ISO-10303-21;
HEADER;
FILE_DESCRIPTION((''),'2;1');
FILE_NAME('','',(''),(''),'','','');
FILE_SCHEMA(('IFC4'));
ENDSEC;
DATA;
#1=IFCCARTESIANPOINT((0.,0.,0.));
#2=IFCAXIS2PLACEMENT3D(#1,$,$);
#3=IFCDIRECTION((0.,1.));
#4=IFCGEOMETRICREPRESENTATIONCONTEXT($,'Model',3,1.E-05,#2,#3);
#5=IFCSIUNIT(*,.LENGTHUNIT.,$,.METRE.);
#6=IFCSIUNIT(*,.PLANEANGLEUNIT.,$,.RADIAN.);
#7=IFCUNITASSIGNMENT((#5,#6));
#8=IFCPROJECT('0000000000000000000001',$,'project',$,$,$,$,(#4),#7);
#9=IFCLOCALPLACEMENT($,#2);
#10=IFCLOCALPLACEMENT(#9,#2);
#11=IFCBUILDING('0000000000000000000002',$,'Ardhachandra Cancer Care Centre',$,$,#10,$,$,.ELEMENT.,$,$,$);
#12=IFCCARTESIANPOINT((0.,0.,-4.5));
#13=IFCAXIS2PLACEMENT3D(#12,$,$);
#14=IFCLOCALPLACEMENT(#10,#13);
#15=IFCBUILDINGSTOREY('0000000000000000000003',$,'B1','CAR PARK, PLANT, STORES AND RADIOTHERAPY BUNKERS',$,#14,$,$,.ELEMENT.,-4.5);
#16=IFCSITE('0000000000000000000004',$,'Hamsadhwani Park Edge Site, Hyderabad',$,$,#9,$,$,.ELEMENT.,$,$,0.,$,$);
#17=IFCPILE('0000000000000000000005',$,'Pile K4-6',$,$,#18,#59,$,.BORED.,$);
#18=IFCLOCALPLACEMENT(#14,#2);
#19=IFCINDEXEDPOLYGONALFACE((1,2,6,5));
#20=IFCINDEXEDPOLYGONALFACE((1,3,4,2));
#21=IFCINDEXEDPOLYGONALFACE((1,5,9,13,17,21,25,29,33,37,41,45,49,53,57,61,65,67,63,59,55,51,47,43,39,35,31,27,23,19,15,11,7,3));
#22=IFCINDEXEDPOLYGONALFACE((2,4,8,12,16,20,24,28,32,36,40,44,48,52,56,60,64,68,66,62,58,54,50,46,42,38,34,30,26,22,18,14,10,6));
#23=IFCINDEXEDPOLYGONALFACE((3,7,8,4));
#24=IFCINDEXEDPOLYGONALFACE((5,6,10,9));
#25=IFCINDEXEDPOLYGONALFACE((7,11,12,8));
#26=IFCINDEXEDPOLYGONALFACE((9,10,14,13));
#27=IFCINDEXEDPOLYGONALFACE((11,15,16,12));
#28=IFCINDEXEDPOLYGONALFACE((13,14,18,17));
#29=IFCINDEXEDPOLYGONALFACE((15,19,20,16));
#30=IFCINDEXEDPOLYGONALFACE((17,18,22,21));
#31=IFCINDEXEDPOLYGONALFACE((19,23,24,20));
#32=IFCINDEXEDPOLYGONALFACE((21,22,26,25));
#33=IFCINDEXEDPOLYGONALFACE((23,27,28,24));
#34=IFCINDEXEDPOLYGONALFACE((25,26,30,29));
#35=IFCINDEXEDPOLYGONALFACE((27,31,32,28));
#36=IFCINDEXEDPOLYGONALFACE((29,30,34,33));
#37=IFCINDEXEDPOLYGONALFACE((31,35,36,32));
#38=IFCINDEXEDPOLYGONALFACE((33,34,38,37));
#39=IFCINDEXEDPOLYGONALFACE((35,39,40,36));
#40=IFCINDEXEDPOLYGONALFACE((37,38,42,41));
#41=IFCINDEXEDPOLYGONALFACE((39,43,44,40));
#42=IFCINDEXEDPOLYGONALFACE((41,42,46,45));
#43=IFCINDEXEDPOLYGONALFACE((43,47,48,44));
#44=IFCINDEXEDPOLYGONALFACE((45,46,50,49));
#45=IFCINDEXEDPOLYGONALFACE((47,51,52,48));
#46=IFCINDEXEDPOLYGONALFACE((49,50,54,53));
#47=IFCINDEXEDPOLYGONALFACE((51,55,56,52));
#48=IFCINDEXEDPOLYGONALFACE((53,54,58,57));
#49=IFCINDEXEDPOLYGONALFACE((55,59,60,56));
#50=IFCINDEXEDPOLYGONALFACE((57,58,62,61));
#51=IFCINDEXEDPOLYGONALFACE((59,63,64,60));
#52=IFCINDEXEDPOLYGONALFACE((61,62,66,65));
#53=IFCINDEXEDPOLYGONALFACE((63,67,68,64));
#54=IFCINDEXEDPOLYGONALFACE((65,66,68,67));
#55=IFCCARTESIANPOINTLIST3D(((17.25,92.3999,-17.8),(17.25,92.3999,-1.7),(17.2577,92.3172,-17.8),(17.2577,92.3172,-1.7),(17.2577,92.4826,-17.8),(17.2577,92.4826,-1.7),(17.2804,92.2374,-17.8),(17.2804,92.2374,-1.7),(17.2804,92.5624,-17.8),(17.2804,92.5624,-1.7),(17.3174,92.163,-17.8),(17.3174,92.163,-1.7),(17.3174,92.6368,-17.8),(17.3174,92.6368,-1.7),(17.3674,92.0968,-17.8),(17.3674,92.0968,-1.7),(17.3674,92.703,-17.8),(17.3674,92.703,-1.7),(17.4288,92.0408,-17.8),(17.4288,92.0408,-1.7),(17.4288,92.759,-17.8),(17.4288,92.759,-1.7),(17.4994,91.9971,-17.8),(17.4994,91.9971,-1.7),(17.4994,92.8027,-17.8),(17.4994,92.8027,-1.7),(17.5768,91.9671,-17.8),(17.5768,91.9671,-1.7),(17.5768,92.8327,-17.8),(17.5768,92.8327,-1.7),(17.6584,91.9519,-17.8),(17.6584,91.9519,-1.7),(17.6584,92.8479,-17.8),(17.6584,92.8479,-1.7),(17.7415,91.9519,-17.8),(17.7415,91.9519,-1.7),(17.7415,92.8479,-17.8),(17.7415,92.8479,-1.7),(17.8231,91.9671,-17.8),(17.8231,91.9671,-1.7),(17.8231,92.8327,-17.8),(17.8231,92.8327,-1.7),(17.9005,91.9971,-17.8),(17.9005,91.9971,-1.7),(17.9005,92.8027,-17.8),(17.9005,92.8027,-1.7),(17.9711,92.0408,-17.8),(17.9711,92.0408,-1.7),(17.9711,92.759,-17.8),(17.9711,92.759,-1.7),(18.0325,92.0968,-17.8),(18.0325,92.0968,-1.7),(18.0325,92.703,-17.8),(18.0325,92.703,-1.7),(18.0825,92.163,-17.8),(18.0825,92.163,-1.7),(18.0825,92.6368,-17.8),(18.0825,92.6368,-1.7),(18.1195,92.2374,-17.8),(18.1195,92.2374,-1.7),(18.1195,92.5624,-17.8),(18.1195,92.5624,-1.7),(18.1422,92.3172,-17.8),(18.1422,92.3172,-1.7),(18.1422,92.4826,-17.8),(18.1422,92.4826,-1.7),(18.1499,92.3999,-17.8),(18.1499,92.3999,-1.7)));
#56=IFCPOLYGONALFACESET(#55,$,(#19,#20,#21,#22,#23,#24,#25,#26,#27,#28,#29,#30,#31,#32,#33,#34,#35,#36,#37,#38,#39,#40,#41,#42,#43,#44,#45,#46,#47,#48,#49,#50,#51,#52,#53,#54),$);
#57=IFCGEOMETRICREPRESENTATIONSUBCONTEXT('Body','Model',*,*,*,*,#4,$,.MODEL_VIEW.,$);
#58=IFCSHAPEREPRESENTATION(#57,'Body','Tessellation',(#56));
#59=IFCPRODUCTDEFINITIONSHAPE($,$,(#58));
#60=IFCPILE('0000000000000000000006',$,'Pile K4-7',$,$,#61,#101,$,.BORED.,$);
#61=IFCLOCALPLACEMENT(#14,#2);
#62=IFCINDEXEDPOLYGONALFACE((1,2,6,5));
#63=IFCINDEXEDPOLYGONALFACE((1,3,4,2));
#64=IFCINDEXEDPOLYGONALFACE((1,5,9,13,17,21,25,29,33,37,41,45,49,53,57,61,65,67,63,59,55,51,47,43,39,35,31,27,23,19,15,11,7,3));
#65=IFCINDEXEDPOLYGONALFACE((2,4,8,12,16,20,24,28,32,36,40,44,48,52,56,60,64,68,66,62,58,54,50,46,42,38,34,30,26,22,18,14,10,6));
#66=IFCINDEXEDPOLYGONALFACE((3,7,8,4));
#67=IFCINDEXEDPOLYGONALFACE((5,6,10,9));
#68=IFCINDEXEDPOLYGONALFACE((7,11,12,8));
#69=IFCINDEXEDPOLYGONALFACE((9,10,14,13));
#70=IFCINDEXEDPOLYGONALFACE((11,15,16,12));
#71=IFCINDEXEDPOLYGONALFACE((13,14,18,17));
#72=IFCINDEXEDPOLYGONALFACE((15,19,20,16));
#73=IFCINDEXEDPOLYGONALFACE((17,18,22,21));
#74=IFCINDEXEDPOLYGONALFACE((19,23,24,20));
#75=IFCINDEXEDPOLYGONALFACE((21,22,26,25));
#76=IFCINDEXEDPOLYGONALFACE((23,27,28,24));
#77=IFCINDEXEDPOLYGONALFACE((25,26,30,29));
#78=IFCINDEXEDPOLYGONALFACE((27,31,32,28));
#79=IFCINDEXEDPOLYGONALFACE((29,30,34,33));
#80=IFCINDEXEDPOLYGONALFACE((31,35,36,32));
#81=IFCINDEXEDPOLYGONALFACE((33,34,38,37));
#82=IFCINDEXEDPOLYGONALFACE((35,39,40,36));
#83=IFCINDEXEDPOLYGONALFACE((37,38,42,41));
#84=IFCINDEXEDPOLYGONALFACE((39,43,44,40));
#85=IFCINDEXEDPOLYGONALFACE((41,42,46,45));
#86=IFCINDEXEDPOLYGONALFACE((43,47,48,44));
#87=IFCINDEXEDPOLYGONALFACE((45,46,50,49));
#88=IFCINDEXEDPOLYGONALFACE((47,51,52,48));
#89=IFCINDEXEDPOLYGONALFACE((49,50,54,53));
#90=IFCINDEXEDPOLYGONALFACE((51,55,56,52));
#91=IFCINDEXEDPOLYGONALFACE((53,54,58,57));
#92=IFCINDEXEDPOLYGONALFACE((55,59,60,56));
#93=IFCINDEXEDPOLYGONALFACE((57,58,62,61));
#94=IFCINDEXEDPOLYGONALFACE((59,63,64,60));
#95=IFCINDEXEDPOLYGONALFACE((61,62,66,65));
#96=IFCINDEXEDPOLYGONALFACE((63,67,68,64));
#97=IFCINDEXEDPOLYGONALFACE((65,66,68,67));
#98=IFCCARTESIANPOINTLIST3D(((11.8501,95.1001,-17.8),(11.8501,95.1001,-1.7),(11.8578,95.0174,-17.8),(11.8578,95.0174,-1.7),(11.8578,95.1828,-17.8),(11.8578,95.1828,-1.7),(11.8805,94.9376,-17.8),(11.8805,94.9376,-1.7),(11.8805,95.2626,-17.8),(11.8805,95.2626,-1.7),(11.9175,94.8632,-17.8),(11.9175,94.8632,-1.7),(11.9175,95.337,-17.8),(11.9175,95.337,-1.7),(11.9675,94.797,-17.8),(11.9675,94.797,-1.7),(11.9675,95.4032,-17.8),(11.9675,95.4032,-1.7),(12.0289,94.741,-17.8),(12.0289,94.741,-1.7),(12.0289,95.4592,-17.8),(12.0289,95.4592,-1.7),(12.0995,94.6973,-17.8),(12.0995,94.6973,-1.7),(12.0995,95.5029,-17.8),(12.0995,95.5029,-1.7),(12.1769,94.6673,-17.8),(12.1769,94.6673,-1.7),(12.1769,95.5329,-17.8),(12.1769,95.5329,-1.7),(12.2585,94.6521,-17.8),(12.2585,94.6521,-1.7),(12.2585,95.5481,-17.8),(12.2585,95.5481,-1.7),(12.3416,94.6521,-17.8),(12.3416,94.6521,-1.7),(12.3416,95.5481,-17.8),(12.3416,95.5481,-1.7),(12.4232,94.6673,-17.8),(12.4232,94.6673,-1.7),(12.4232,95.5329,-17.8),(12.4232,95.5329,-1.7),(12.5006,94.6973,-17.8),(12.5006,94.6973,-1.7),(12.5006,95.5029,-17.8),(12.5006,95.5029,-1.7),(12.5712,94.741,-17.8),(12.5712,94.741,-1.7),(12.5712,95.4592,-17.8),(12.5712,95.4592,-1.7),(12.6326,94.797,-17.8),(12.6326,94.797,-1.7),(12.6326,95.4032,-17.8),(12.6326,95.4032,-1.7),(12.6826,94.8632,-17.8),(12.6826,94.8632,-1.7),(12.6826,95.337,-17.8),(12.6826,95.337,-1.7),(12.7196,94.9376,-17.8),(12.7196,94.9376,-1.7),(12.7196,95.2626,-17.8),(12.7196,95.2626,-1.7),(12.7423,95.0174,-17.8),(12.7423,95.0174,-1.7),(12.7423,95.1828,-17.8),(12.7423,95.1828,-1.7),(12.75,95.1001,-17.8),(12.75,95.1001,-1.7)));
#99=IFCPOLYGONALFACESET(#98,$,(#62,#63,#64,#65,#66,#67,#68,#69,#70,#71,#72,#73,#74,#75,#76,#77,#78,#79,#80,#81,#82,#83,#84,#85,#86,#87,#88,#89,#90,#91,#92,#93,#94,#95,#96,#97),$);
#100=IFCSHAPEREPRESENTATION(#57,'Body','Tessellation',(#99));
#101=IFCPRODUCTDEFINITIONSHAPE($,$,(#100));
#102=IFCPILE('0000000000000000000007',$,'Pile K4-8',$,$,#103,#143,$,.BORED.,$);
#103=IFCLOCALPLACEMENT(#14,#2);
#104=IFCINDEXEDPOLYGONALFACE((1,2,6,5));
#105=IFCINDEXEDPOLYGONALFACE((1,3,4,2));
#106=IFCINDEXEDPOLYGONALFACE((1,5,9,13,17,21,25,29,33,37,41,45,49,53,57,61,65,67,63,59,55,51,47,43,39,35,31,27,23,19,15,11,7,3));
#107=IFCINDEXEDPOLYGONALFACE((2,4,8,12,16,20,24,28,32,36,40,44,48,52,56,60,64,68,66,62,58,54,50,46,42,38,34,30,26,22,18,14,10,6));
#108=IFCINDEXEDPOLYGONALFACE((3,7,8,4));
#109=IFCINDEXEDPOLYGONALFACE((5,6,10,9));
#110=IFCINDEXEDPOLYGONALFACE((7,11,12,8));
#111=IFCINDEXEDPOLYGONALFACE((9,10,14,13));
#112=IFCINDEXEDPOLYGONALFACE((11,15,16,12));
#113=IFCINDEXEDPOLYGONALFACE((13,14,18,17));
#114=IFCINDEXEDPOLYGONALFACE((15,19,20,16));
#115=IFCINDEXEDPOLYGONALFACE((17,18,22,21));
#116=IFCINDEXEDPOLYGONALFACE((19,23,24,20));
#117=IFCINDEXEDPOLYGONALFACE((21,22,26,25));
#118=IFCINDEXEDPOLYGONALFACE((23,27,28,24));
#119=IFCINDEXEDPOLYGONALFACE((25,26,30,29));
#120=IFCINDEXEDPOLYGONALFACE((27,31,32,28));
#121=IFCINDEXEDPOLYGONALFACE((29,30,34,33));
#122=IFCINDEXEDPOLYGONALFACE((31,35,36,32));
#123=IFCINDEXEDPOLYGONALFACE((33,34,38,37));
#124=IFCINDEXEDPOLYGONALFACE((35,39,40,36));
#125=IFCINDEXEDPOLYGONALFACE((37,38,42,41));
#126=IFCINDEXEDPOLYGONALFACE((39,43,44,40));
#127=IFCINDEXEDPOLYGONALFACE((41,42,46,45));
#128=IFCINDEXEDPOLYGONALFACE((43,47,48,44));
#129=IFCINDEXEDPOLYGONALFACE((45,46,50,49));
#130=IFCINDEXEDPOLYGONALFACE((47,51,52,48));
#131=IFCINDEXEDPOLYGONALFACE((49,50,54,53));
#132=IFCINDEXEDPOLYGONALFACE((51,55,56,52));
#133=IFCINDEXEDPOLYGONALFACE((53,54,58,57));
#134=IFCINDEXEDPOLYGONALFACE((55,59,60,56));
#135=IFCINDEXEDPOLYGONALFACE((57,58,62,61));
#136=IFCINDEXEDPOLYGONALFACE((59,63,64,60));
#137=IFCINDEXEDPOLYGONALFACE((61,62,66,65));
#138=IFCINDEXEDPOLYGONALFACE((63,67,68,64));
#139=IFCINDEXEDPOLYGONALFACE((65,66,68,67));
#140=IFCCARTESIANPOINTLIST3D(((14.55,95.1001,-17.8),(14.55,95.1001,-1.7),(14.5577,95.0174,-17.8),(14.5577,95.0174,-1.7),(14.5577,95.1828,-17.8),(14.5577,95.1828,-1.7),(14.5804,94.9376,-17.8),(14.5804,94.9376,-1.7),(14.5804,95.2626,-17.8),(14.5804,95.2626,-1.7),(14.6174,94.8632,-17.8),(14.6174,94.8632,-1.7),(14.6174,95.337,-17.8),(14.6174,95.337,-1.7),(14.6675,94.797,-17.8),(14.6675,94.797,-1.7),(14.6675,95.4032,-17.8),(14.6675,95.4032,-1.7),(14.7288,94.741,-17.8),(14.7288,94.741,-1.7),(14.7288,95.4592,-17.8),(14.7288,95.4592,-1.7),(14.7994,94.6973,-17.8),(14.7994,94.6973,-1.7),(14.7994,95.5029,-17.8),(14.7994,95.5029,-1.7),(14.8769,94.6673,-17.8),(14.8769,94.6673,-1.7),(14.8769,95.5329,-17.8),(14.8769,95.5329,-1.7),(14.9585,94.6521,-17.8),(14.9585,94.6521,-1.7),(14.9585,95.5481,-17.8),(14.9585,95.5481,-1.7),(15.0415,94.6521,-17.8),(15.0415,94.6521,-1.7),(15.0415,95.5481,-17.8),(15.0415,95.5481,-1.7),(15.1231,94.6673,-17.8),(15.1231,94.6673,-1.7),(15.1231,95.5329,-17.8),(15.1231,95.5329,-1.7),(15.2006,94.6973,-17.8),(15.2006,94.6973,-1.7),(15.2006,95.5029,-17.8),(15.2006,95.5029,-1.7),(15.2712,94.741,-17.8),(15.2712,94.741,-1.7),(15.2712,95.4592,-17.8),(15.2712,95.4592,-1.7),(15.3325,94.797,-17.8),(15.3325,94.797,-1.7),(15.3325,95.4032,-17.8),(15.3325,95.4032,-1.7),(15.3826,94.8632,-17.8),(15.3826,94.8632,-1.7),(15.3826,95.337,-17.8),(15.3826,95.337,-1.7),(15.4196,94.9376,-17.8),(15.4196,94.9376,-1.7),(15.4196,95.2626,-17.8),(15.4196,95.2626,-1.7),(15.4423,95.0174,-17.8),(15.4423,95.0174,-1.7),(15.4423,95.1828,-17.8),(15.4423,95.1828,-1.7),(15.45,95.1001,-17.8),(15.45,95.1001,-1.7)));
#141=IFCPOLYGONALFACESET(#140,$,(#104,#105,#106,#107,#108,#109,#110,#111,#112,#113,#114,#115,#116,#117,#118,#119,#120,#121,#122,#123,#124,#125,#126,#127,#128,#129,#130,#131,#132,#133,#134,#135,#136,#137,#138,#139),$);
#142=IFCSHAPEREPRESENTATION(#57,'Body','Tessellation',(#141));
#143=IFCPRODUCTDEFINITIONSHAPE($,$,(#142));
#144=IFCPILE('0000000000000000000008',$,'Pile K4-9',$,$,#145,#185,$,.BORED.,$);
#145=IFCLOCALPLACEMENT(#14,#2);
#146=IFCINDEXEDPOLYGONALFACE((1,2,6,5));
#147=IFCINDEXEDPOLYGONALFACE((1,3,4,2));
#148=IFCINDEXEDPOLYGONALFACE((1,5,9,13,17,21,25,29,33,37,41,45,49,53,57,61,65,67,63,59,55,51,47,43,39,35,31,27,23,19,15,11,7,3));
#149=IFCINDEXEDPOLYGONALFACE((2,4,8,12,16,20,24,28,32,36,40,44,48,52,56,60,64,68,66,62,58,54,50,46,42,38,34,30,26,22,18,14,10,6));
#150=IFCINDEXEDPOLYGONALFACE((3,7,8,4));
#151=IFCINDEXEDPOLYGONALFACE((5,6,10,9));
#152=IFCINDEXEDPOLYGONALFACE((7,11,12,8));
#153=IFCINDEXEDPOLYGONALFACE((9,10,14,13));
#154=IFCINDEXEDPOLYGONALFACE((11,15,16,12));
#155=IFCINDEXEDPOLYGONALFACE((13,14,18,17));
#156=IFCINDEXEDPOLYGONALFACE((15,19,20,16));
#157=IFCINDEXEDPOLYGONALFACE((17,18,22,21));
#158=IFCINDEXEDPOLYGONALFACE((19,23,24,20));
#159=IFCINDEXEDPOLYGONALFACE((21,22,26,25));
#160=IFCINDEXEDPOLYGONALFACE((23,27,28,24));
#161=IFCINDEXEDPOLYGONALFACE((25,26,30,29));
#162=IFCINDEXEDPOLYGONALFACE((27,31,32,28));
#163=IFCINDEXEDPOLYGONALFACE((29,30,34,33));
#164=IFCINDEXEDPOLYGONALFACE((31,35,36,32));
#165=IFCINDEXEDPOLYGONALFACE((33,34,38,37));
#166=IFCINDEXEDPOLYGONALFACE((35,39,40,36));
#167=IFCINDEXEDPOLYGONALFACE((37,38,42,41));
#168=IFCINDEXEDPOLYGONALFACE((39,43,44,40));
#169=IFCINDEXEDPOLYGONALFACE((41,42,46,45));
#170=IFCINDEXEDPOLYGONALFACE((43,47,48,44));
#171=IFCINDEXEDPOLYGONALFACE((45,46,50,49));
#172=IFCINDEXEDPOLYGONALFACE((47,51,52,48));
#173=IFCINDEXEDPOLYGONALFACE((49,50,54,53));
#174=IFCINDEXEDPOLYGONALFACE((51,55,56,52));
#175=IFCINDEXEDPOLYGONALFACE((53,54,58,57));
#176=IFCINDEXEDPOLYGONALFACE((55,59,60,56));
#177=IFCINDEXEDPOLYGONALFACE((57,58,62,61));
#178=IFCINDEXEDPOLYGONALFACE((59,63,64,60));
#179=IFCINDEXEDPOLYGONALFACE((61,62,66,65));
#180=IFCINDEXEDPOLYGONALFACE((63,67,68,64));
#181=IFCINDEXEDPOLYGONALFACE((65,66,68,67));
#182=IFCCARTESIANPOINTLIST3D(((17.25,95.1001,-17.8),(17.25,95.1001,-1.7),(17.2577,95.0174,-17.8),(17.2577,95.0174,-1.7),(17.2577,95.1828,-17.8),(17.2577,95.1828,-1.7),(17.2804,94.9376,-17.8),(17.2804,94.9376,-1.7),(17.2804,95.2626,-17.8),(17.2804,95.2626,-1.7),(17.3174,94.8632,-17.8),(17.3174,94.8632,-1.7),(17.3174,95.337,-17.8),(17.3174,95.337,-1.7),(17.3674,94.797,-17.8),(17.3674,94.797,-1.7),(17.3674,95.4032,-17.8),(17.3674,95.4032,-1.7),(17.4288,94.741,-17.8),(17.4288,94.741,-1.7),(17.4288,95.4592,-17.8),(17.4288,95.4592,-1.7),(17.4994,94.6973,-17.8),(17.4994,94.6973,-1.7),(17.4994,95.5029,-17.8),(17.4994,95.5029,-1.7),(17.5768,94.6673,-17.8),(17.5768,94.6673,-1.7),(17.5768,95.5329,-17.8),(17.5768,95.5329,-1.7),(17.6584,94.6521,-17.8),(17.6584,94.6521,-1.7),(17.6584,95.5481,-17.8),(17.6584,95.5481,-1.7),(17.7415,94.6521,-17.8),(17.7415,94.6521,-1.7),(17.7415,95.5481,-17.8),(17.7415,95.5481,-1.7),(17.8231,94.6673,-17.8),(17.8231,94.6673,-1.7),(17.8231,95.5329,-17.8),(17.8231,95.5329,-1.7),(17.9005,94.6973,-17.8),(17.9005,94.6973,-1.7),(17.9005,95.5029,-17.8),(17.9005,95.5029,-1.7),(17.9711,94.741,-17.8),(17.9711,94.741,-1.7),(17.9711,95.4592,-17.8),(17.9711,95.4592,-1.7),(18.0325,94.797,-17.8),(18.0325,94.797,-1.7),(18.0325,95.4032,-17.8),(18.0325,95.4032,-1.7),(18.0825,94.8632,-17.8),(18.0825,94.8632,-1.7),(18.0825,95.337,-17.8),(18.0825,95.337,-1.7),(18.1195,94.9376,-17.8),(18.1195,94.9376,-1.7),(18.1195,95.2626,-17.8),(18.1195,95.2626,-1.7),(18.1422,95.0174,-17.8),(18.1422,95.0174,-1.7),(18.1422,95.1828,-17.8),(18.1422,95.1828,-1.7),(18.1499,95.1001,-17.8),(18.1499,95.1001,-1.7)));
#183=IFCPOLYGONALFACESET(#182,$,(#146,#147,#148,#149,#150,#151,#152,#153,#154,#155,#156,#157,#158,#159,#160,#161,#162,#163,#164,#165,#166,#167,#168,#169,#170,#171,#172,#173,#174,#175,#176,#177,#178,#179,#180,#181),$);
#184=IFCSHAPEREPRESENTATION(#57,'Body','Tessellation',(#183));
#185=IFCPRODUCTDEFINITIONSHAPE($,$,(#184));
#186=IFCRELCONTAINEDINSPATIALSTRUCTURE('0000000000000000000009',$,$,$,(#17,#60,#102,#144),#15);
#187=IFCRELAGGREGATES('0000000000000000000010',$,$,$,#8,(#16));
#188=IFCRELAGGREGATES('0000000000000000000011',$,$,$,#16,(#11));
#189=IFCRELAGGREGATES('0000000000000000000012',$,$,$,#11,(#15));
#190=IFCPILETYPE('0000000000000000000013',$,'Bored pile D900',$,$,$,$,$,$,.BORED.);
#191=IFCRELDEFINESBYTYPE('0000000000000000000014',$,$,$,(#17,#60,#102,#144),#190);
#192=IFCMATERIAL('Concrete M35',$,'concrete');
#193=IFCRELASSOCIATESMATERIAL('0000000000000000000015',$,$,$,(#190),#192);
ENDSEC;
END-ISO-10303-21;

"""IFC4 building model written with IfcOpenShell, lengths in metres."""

from ifc_helpers import new_model, si_unit, direction, frame, origin, origin_2d, place, context, subcontext, project, spatial, circle, extrude, material, material_profile, profile_set, type_object, element, save


model = new_model("IFC4")

# Units and contexts
model_context = context("Model", 3, precision=1e-05, world=origin(), true_north=direction((0.0, 1.0)))
body_context = subcontext(model_context, "Body", "Model", "MODEL_VIEW")
ifc_project = project(units=[si_unit("LENGTHUNIT", "METRE"), si_unit("PLANEANGLEUNIT", "RADIAN")], contexts=[model_context])

# Site, building, storey
site_placement = place(None, origin())
site = spatial("IfcSite", under=ifc_project, at=site_placement, Name="Hamsadhwani Park Edge Site, Hyderabad", CompositionType="ELEMENT", RefElevation=0.0)
building_placement = place(site_placement, origin())
building = spatial("IfcBuilding", under=site, at=building_placement, Name="Ardhachandra Cancer Care Centre", CompositionType="ELEMENT")
storey_placement = place(building_placement, frame((0.0, 0.0, -4.5)))
storey = spatial("IfcBuildingStorey", under=building, at=storey_placement, Name="B1", Description="CAR PARK, PLANT, STORES AND RADIOTHERAPY BUNKERS", CompositionType="ELEMENT", Elevation=-4.5)

# Piles
ifc_material_1 = material(Name="Concrete M35", Category="concrete")
ifc_material_profile_1 = material_profile(ifc_material_1, circle(Radius=0.45, at=origin_2d()), Name="D900")
ifc_profile_set_1 = profile_set([ifc_material_profile_1], Name="Concrete M35")
pile_type_1 = type_object("IfcPileType", Name="Bored pile D900", PredefinedType="BORED", material=ifc_profile_set_1)
for number, where, z_axis, x_axis, name in (
    (1, (17.7, 92.3999, -1.7), (0.0, 0.0, -1.0), (1.0, 0.0, 0.0), "Pile K4-6"),
    (2, (12.3, 95.1001, -1.7), (0.0, 0.0, -1.0), (1.0, 0.0, 0.0), "Pile K4-7"),
    (3, (15.0, 95.1001, -1.7), (0.0, 0.0, -1.0), (1.0, 0.0, 0.0), "Pile K4-8"),
    (4, (17.7, 95.1001, -1.7), (0.0, 0.0, -1.0), (1.0, 0.0, 0.0), "Pile K4-9"),
):
    element("IfcPile", number, at=place(storey_placement, frame(where, z_axis=z_axis, x_axis=x_axis)), inside=storey, type_object=pile_type_1, Name=name, PredefinedType="BORED", context=body_context, shape_type="SweptSolid", body=[
        extrude(circle(Radius=0.45, at=origin_2d()), origin(), (0.0, 0.0, 1.0), 16.1001),
    ])

save(model, "model.ifc")
